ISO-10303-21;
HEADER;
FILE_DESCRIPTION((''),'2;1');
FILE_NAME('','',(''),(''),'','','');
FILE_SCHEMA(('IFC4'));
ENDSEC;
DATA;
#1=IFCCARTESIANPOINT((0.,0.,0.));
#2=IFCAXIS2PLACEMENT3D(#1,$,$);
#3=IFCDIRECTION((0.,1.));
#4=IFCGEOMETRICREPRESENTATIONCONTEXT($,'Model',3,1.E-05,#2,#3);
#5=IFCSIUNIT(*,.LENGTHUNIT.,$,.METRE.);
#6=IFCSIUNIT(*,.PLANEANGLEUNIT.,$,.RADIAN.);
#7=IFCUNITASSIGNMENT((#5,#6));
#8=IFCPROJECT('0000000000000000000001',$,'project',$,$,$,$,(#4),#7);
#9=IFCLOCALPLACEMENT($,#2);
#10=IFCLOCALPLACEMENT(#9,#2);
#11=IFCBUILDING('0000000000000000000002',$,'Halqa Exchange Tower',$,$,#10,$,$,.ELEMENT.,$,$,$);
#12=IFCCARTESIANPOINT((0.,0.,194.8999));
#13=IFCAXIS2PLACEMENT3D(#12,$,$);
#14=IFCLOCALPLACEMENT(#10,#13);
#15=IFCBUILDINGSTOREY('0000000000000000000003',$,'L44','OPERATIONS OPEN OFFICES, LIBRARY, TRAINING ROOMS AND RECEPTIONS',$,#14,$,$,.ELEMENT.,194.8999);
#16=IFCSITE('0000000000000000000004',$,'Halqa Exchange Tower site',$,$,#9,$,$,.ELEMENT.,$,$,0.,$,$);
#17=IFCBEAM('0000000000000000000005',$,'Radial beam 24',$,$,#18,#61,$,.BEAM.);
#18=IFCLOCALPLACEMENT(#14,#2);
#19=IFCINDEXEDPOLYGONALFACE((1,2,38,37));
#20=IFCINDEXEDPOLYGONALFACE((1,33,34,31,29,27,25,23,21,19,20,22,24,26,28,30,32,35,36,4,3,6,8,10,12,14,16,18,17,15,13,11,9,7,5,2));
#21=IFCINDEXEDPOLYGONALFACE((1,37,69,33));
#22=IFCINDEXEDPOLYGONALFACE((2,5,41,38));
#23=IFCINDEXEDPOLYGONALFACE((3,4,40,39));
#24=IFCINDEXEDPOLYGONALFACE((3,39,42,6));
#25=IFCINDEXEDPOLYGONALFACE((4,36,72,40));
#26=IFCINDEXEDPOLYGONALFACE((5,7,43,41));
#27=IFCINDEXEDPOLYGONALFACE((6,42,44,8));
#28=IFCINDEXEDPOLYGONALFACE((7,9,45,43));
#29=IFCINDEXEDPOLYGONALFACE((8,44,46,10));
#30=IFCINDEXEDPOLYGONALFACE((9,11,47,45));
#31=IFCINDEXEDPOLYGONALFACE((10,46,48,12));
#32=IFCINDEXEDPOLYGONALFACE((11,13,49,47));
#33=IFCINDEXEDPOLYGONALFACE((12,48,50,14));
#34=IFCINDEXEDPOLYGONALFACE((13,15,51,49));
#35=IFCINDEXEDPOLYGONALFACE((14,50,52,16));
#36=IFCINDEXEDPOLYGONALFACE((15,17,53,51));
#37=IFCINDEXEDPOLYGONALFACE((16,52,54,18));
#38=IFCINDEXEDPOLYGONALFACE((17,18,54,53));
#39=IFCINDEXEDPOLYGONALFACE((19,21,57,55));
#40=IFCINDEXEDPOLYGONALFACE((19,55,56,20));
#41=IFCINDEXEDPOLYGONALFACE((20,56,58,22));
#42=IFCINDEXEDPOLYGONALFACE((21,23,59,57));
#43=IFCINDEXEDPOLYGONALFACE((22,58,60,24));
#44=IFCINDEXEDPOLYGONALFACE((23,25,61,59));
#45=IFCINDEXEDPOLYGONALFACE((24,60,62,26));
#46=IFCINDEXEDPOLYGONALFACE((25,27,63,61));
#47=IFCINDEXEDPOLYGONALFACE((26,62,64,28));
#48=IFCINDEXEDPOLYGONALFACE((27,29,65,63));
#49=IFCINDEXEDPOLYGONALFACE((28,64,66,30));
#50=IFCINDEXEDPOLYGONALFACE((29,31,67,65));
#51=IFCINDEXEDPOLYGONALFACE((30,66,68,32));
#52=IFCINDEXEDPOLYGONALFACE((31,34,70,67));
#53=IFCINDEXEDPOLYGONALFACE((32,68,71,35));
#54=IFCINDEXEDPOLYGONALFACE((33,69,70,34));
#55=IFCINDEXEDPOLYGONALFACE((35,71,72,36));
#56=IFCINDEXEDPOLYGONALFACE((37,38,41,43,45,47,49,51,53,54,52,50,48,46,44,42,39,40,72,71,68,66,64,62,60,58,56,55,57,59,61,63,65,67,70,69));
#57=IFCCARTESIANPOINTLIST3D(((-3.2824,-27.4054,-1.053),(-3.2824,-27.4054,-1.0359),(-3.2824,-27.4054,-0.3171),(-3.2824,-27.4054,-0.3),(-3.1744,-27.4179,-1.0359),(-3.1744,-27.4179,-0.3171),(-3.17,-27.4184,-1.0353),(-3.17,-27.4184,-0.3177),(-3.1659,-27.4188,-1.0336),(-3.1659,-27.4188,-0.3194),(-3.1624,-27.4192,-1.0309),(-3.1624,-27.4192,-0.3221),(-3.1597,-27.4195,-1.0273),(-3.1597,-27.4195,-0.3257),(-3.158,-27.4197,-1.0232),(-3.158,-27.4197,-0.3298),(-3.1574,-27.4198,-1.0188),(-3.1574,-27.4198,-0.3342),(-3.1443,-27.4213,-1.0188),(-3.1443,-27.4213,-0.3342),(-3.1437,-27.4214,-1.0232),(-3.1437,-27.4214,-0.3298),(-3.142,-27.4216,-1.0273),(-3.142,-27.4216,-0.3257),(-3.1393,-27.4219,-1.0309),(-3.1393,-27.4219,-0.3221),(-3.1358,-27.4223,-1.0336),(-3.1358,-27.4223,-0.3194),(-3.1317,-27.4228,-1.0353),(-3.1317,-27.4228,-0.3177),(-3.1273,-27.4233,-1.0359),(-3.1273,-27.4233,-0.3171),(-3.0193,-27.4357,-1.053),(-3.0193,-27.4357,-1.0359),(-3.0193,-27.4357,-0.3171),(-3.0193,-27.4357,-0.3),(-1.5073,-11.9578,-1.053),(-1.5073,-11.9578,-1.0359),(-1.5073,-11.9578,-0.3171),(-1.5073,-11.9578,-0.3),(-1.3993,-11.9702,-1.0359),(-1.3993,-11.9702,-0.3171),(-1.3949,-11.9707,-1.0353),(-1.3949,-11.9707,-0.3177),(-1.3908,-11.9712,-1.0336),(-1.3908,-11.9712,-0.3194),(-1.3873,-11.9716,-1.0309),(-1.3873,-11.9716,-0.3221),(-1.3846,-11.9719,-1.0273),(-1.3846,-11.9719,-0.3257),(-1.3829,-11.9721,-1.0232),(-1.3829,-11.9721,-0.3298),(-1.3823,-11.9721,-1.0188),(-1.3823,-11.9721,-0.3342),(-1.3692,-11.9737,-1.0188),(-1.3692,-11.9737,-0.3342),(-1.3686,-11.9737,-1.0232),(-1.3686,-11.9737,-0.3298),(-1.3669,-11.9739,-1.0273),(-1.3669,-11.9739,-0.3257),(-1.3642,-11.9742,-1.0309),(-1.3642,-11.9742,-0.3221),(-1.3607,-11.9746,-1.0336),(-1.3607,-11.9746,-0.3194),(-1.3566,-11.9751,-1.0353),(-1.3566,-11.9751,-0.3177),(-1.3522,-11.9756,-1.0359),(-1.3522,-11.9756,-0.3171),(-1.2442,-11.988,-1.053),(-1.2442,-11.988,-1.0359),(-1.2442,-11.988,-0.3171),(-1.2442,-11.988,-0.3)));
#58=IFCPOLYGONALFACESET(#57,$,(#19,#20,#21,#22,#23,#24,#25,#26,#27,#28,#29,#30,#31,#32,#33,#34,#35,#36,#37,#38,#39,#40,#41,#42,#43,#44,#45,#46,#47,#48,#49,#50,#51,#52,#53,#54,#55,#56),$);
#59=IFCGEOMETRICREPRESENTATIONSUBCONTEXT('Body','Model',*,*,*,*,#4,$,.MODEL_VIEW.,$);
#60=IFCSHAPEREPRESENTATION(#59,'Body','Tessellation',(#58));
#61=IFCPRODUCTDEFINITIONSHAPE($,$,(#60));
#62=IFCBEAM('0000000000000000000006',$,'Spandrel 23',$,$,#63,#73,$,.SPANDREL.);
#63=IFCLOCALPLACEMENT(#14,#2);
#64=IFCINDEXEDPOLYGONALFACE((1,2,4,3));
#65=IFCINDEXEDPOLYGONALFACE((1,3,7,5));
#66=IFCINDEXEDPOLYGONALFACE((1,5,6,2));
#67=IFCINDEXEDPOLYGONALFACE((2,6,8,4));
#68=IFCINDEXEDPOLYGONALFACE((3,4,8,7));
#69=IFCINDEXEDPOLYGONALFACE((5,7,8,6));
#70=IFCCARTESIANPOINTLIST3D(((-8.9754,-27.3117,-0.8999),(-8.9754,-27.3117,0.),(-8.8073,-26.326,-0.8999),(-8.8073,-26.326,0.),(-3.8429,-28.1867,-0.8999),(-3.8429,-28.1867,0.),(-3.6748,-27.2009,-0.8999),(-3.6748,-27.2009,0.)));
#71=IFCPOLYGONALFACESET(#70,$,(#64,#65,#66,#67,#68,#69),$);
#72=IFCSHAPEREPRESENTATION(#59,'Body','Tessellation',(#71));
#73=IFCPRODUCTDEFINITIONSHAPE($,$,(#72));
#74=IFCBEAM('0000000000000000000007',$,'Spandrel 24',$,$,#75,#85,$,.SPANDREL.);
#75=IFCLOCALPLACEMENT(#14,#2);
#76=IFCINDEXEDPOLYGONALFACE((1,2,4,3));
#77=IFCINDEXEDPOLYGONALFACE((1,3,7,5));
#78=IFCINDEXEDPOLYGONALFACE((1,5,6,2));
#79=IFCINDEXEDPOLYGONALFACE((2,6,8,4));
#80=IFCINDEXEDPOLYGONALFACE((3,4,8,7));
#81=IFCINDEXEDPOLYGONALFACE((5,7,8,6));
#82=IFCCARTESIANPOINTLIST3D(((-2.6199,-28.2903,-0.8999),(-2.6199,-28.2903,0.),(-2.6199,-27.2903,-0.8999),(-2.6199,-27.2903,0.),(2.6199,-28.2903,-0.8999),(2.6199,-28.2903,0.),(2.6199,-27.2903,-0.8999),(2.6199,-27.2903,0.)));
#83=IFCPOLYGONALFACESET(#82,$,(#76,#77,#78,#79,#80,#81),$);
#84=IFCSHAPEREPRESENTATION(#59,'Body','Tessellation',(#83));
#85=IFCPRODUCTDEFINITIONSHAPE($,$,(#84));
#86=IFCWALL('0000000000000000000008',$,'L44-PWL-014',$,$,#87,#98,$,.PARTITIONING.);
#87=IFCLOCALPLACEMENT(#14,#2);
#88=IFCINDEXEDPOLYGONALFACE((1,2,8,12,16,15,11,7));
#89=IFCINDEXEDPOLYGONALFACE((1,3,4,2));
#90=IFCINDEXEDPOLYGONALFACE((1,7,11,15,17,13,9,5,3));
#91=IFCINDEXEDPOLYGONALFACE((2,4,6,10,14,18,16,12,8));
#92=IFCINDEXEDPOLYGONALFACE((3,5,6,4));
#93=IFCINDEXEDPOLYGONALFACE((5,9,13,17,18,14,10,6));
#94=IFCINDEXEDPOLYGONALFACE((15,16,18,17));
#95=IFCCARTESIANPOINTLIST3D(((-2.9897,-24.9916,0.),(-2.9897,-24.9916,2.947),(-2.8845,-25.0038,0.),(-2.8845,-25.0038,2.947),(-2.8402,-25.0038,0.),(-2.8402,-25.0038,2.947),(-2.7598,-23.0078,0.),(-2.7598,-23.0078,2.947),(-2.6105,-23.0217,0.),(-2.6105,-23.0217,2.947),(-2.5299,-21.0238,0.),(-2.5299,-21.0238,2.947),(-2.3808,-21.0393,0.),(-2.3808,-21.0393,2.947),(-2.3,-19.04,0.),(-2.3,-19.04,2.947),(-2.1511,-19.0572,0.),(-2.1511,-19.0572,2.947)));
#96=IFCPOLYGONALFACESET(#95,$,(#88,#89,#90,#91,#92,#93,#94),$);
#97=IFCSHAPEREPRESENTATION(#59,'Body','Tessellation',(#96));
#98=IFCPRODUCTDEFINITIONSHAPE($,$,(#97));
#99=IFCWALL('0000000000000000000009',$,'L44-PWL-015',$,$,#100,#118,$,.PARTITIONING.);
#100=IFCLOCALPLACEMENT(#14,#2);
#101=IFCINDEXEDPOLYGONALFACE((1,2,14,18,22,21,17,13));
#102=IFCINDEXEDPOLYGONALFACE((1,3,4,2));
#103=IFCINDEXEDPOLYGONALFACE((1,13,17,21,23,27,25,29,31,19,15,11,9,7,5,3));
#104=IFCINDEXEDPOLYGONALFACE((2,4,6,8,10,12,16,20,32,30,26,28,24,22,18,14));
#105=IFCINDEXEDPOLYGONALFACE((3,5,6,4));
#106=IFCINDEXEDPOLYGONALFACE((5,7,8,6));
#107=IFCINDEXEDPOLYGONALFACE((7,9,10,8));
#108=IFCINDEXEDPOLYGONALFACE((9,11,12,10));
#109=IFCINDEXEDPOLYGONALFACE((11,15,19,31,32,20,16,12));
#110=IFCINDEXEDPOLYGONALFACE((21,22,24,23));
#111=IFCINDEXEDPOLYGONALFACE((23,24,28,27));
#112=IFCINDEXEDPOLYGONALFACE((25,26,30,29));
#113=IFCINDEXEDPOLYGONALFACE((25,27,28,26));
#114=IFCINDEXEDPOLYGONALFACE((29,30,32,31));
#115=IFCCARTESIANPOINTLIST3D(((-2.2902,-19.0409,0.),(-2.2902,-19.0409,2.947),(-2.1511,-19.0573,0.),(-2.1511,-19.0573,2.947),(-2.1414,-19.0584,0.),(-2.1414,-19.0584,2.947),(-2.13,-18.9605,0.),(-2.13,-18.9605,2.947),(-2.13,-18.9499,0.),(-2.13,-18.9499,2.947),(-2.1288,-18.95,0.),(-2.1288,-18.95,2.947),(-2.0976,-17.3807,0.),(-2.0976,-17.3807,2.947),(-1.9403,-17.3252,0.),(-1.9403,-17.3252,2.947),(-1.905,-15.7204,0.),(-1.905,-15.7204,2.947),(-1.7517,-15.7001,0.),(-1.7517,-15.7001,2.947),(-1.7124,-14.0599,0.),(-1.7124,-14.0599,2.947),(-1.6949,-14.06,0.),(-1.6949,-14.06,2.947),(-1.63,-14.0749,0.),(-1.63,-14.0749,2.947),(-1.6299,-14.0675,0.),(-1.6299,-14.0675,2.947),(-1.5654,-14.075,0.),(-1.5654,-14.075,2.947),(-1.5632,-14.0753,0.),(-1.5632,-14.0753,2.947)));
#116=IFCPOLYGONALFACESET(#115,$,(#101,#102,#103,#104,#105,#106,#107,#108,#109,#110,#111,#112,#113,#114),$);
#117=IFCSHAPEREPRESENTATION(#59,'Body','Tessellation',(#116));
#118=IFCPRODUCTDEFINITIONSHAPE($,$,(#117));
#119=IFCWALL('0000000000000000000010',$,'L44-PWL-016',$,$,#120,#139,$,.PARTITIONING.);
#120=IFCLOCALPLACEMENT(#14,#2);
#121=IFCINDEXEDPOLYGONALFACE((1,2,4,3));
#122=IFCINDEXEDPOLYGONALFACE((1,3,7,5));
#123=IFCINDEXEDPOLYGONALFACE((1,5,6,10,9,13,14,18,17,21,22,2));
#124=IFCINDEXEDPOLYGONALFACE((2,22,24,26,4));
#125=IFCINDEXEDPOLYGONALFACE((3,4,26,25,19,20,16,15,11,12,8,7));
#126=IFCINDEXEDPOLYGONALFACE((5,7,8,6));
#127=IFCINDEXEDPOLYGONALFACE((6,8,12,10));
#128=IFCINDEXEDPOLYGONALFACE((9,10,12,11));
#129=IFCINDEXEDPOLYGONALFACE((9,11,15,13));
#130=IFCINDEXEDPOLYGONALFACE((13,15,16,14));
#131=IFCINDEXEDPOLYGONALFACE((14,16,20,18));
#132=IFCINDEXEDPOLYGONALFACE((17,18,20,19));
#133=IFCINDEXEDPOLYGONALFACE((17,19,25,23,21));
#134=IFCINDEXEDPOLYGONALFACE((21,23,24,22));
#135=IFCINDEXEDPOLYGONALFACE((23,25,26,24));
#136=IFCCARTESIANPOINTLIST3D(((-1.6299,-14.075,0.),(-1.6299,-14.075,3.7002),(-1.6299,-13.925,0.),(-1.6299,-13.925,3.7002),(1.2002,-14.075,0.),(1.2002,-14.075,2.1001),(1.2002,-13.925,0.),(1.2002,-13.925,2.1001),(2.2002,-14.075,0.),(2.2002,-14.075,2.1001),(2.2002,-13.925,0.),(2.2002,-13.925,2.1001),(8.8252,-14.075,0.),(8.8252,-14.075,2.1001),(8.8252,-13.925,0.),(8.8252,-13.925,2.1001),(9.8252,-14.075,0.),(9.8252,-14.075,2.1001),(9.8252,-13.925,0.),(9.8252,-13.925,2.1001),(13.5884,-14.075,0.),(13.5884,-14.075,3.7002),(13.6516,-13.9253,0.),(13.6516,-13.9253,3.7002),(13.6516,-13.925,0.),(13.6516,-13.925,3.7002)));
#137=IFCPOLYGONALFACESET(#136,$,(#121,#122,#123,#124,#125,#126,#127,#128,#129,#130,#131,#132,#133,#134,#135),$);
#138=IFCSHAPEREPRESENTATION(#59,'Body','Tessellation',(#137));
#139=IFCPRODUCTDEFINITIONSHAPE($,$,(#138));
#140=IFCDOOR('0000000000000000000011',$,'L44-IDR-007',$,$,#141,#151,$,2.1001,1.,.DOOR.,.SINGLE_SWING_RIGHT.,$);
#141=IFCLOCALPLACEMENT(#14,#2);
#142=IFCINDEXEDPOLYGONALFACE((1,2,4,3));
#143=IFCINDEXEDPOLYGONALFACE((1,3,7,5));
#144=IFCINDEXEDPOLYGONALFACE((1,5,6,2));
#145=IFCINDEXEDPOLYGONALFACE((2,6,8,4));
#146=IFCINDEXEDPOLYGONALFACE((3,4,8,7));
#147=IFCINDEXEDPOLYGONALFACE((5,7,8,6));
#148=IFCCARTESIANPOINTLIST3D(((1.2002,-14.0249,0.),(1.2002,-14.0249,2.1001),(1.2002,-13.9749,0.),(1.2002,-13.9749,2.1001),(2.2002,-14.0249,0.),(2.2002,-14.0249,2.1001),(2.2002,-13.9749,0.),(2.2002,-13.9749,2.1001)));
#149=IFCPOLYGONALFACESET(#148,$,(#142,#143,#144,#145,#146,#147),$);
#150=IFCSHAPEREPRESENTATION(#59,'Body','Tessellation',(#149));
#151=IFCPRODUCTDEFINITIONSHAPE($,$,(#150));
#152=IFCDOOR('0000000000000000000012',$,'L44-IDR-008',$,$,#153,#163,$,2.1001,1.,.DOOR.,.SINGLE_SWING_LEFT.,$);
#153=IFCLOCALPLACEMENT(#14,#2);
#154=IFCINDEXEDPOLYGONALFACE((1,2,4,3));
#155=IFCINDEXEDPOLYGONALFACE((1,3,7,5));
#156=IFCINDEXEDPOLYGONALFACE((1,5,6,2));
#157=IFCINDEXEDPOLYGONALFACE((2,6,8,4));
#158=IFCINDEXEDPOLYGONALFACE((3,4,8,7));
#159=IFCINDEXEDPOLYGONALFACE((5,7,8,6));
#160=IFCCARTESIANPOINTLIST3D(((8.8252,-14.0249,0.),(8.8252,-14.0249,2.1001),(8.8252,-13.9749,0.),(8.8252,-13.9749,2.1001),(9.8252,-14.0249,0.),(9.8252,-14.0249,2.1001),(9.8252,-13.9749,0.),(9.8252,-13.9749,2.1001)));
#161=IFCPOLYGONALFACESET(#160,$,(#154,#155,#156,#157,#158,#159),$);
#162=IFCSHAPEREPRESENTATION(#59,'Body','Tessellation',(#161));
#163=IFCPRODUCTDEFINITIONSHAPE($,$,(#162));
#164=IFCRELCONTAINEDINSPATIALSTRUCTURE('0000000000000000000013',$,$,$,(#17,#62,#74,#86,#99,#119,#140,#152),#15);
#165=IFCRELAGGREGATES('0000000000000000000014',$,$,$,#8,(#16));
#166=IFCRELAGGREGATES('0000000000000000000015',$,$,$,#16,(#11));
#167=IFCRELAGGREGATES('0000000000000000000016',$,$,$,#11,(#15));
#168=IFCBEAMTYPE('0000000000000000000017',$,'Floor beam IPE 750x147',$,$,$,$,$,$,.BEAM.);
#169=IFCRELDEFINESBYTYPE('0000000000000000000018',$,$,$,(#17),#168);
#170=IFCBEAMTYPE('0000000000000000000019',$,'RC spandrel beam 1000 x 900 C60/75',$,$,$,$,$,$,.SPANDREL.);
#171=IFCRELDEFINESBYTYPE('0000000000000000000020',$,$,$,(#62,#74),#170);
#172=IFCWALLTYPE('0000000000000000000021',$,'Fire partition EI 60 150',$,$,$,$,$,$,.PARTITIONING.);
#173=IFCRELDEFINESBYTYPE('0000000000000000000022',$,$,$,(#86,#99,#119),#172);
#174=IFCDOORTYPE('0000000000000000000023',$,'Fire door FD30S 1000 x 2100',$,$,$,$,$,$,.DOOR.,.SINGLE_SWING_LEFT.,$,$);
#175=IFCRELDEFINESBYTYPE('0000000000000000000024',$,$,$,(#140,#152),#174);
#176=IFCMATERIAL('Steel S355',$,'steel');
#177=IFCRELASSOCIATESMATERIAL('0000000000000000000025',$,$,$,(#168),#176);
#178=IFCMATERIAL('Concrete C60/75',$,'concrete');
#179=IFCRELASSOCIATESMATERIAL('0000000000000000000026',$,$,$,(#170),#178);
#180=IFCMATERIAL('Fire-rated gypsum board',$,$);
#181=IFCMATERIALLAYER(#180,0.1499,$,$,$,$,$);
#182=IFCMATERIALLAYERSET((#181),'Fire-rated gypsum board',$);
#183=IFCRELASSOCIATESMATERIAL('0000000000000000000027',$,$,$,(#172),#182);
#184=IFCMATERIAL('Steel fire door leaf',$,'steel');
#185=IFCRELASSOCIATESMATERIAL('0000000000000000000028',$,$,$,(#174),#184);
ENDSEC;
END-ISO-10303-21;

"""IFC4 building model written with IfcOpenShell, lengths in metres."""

from ifc_helpers import new_model, si_unit, direction, frame, frame_2d, origin, origin_2d, place, context, subcontext, project, spatial, polyline, rectangle, i_section, outline, extrude, material, layer, layer_set, material_profile, profile_set, type_object, element, fill, save


model = new_model("IFC4")

# Units and contexts
model_context = context("Model", 3, precision=1e-05, world=origin(), true_north=direction((0.0, 1.0)))
body_context = subcontext(model_context, "Body", "Model", "MODEL_VIEW")
ifc_project = project(units=[si_unit("LENGTHUNIT", "METRE"), si_unit("PLANEANGLEUNIT", "RADIAN")], contexts=[model_context])

# Site, building, storey
site_placement = place(None, origin())
site = spatial("IfcSite", under=ifc_project, at=site_placement, Name="Halqa Exchange Tower site", CompositionType="ELEMENT", RefElevation=0.0)
building_placement = place(site_placement, origin())
building = spatial("IfcBuilding", under=site, at=building_placement, Name="Halqa Exchange Tower", CompositionType="ELEMENT")
storey_placement = place(building_placement, frame((0.0, 0.0, 194.8999)))
storey = spatial("IfcBuildingStorey", under=building, at=storey_placement, Name="L44", Description="OPERATIONS OPEN OFFICES, LIBRARY, TRAINING ROOMS AND RECEPTIONS", CompositionType="ELEMENT", Elevation=194.8999)

# Shared definitions
ifc_material_1 = material(Name="Concrete C60/75", Category="concrete")

# Beams
ifc_material_2 = material(Name="Steel S355", Category="steel")
ifc_material_profile_1 = material_profile(ifc_material_2, i_section(OverallWidth=0.2649, OverallDepth=0.7529, WebThickness=0.0132, FlangeThickness=0.0171, FilletRadius=0.0171, at=origin_2d()), Name="IPE 750x147")
ifc_profile_set_1 = profile_set([ifc_material_profile_1], Name="Steel S355")
beam_type_1 = type_object("IfcBeamType", Name="Floor beam IPE 750x147", PredefinedType="BEAM", material=ifc_profile_set_1)
beam_1_placement = place(storey_placement, frame((-1.3757, -11.9729, -0.6765), z_axis=(-0.114162, -0.993462, 0.0), x_axis=(0.993462, -0.114162, 0.0)))
element("IfcBeam", 1, at=beam_1_placement, inside=storey, type_object=beam_type_1, Name="Radial beam 24", PredefinedType="BEAM", context=body_context, shape_type="SweptSolid", body=[
    extrude(i_section(OverallWidth=0.2649, OverallDepth=0.7529, WebThickness=0.0132, FlangeThickness=0.0171, FilletRadius=0.0171, at=origin_2d()), origin(), (0.0, 0.0, 1.0), 15.5493),
])
ifc_material_profile_2 = material_profile(ifc_material_1, rectangle(XDim=1.0, YDim=0.8999, at=origin_2d()), Name="1000 x 900")
ifc_profile_set_2 = profile_set([ifc_material_profile_2], Name="Concrete C60/75")
beam_type_2 = type_object("IfcBeamType", Name="RC spandrel beam 1000 x 900 C60/75", PredefinedType="SPANDREL", material=ifc_profile_set_2)
beam_2_placement = place(storey_placement, frame((-8.8914, -26.8188, -0.45), z_axis=(0.985778, -0.168055, 0.0), x_axis=(0.168055, 0.985778, 0.0)))
element("IfcBeam", 2, at=beam_2_placement, inside=storey, type_object=beam_type_2, Name="Spandrel 23", PredefinedType="SPANDREL", context=body_context, shape_type="SweptSolid", body=[
    extrude(rectangle(XDim=1.0, YDim=0.8999, at=origin_2d()), origin(), (0.0, 0.0, 1.0), 5.2065),
])
beam_3_placement = place(storey_placement, frame((-2.6199, -27.7903, -0.45), z_axis=(1.0, 0.0, 0.0), x_axis=(0.0, 1.0, 0.0)))
element("IfcBeam", 3, at=beam_3_placement, inside=storey, type_object=beam_type_2, Name="Spandrel 24", PredefinedType="SPANDREL", context=body_context, shape_type="SweptSolid", body=[
    extrude(rectangle(XDim=1.0, YDim=0.8999, at=origin_2d()), origin(), (0.0, 0.0, 1.0), 5.2397),
])

# Walls
ifc_material_3 = material(Name="Fire-rated gypsum board")
ifc_layer_1 = layer(ifc_material_3, 0.1499)
ifc_layer_set_1 = layer_set([ifc_layer_1], Name="Fire-rated gypsum board")
wall_type_1 = type_object("IfcWallType", Name="Fire partition EI 60 150", PredefinedType="PARTITIONING", material=ifc_layer_set_1)
wall_1_placement = place(storey_placement, frame((-2.9153, -25.0002, 0.0), z_axis=(0.0, 0.0, 1.0), x_axis=(0.115113, 0.993352, 0.0)))
element("IfcWall", 4, at=wall_1_placement, inside=storey, type_object=wall_type_1, Name="L44-PWL-014", PredefinedType="PARTITIONING", context=body_context, shape_type="SweptSolid", body=[
    extrude(outline(polyline([(0.0, 0.075), (0.0, -0.031), (0.0051, -0.075), (2.0005, -0.075), (3.9961, -0.075), (5.9915, -0.075), (5.9915, 0.075), (3.9944, 0.075), (1.9971, 0.075), (0.0, 0.075)])), origin(), (0.0, 0.0, 1.0), 2.947),
])
wall_2_placement = place(storey_placement, frame((-2.2158, -19.0498, 0.0), z_axis=(0.0, 0.0, 1.0), x_axis=(0.115243, 0.993337, 0.0)))
element("IfcWall", 5, at=wall_2_placement, inside=storey, type_object=wall_type_1, Name="L44-PWL-015", PredefinedType="PARTITIONING", context=body_context, shape_type="SweptSolid", body=[
    extrude(outline(polyline([(0.0, -0.075), (0.0986, -0.075), (0.1091, -0.0737), (0.1091, -0.075), (1.7449, -0.075), (3.3809, -0.075), (5.0166, -0.075), (5.0166, -0.0728), (5.0093, -0.0085), (5.0166, -0.0078), (5.0166, 0.0576), (5.0146, 0.075), (3.343, 0.075), (1.6716, 0.075), (0.0002, 0.075), (0.0, -0.0652), (0.0, -0.0652), (0.0, -0.075)])), origin(), (0.0, 0.0, 1.0), 2.947),
])

# Wall, openings, doors
wall_3_placement = place(storey_placement, frame((-1.6299, -14.0, 0.0), z_axis=(0.0, 0.0, 1.0), x_axis=(1.0, 0.0, 0.0)))
wall_3 = element("IfcWall", 6, at=wall_3_placement, inside=storey, type_object=wall_type_1, Name="L44-PWL-016", PredefinedType="PARTITIONING", context=body_context, shape_type="SweptSolid", body=[
    extrude(outline(polyline([(0.0, -0.075), (1.9023, -0.075), (3.8044, -0.075), (5.7068, -0.075), (7.6091, -0.075), (9.5115, -0.075), (11.4136, -0.075), (13.3159, -0.075), (15.2183, -0.075), (15.2815, 0.0747), (15.2815, 0.075), (13.3713, 0.075), (11.4612, 0.075), (9.551, 0.075), (7.6406, 0.075), (5.7305, 0.075), (3.8203, 0.075), (1.9102, 0.075), (0.0, 0.075), (0.0, -0.075)])), origin(), (0.0, 0.0, 1.0), 3.7002),
])
opening_1_placement = place(wall_3_placement, frame((2.8301, 0.0, 0.0)))
opening_1 = element("IfcOpeningElement", 7, at=opening_1_placement, cuts=wall_3, PredefinedType="OPENING", context=body_context, shape_type="SweptSolid", body=[
    extrude(rectangle(XDim=1.0, YDim=2.1001, at=frame_2d((0.5, 1.05))), frame((0.0, 0.0869, 0.0), z_axis=(0.0, -1.0, 0.0), x_axis=(1.0, 0.0, 0.0)), (0.0, 0.0, 1.0), 0.1738),
])
opening_2_placement = place(wall_3_placement, frame((10.4551, 0.0, 0.0)))
opening_2 = element("IfcOpeningElement", 8, at=opening_2_placement, cuts=wall_3, PredefinedType="OPENING", context=body_context, shape_type="SweptSolid", body=[
    extrude(rectangle(XDim=1.0, YDim=2.1001, at=frame_2d((0.5, 1.05))), frame((0.0, 0.0869, 0.0), z_axis=(0.0, -1.0, 0.0), x_axis=(1.0, 0.0, 0.0)), (0.0, 0.0, 1.0), 0.1738),
])
ifc_material_4 = material(Name="Steel fire door leaf", Category="steel")
door_type_1 = type_object("IfcDoorType", Name="Fire door FD30S 1000 x 2100", OperationType="SINGLE_SWING_LEFT", PredefinedType="DOOR", material=ifc_material_4)
door_1_placement = place(opening_1_placement, frame((1.0, 0.0, 0.0), z_axis=(0.0, 0.0, 1.0), x_axis=(-1.0, 0.0, 0.0)))
door_1 = element("IfcDoor", 9, at=door_1_placement, inside=storey, type_object=door_type_1, Name="L44-IDR-007", OperationType="SINGLE_SWING_RIGHT", OverallHeight=2.1001, OverallWidth=1.0, PredefinedType="DOOR", context=body_context, shape_type="SweptSolid", body=[
    extrude(rectangle(XDim=1.0, YDim=2.1001, at=frame_2d((0.5, 1.05))), frame((0.0, 0.0249, 0.0), z_axis=(0.0, -1.0, 0.0), x_axis=(1.0, 0.0, 0.0)), (0.0, 0.0, 1.0), 0.05),
])
fill(opening_1, door_1)
door_2_placement = place(opening_2_placement, frame((1.0, 0.0, 0.0), z_axis=(0.0, 0.0, 1.0), x_axis=(-1.0, 0.0, 0.0)))
door_2 = element("IfcDoor", 10, at=door_2_placement, inside=storey, type_object=door_type_1, Name="L44-IDR-008", OperationType="SINGLE_SWING_LEFT", OverallHeight=2.1001, OverallWidth=1.0, PredefinedType="DOOR", context=body_context, shape_type="SweptSolid", body=[
    extrude(rectangle(XDim=1.0, YDim=2.1001, at=frame_2d((0.5, 1.05))), frame((0.0, 0.0249, 0.0), z_axis=(0.0, -1.0, 0.0), x_axis=(1.0, 0.0, 0.0)), (0.0, 0.0, 1.0), 0.05),
])
fill(opening_2, door_2)

save(model, "model.ifc")
